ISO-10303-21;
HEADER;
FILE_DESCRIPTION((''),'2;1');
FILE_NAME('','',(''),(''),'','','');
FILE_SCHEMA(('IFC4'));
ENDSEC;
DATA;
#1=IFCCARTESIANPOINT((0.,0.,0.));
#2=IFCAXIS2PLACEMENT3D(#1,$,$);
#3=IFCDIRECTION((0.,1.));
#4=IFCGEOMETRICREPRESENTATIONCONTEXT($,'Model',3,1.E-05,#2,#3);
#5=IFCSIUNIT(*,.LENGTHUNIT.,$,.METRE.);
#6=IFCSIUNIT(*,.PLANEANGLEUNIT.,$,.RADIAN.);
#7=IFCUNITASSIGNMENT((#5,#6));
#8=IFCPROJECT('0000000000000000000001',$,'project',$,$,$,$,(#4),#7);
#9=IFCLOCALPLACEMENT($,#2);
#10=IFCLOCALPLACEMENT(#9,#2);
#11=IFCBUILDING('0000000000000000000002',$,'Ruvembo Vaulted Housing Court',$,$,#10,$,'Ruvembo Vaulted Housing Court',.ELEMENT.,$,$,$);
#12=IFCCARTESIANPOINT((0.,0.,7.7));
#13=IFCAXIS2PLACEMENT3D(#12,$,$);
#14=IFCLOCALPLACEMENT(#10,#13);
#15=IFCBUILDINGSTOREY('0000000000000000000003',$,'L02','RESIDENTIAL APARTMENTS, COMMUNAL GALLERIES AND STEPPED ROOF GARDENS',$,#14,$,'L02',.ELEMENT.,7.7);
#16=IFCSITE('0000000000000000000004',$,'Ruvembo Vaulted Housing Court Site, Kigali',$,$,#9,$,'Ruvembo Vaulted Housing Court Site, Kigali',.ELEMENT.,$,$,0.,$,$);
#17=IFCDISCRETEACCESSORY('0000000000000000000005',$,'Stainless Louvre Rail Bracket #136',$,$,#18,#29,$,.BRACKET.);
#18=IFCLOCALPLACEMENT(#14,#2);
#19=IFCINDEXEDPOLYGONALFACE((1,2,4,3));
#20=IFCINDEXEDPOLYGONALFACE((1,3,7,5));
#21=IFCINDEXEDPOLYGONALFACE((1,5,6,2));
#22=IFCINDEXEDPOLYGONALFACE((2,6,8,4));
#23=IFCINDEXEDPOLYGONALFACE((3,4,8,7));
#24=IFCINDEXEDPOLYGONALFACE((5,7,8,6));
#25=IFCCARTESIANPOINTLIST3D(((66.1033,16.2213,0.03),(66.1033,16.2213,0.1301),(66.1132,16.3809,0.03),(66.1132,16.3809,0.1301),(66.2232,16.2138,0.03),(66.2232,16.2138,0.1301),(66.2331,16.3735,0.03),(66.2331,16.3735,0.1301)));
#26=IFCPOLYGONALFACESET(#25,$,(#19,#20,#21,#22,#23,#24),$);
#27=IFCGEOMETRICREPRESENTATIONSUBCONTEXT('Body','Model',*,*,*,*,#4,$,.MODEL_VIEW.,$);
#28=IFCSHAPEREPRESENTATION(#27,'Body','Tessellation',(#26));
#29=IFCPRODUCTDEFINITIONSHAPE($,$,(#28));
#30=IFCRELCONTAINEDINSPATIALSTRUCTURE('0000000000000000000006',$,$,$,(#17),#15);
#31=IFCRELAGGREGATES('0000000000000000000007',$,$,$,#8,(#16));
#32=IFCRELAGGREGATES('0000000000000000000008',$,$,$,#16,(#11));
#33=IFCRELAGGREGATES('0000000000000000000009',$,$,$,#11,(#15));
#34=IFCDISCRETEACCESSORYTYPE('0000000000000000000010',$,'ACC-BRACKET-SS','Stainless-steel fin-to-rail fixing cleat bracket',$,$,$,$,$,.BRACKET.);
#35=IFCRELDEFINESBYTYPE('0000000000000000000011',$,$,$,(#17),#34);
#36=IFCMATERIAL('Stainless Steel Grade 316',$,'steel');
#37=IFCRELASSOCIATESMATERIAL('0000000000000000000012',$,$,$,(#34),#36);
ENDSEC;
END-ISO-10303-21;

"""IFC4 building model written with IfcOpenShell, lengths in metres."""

from ifc_helpers import new_model, si_unit, direction, frame, origin, origin_2d, place, context, subcontext, project, spatial, rectangle, extrude, material, type_object, element, save


model = new_model("IFC4")

# Units and contexts
model_context = context("Model", 3, precision=1e-05, world=origin(), true_north=direction((0.0, 1.0)))
body_context = subcontext(model_context, "Body", "Model", "MODEL_VIEW")
ifc_project = project(units=[si_unit("LENGTHUNIT", "METRE"), si_unit("PLANEANGLEUNIT", "RADIAN")], contexts=[model_context])

# Site, building, storey
site_placement = place(None, origin())
site = spatial("IfcSite", under=ifc_project, at=site_placement, Name="Ruvembo Vaulted Housing Court Site, Kigali", LongName="Ruvembo Vaulted Housing Court Site, Kigali", CompositionType="ELEMENT", RefElevation=0.0)
building_placement = place(site_placement, origin())
building = spatial("IfcBuilding", under=site, at=building_placement, Name="Ruvembo Vaulted Housing Court", LongName="Ruvembo Vaulted Housing Court", CompositionType="ELEMENT")
storey_placement = place(building_placement, frame((0.0, 0.0, 7.7)))
storey = spatial("IfcBuildingStorey", under=building, at=storey_placement, Name="L02", Description="RESIDENTIAL APARTMENTS, COMMUNAL GALLERIES AND STEPPED ROOF GARDENS", LongName="L02", CompositionType="ELEMENT", Elevation=7.7)

# Discrete accessory
ifc_material_1 = material(Name="Stainless Steel Grade 316", Category="steel")
discrete_accessory_type = type_object("IfcDiscreteAccessoryType", Name="ACC-BRACKET-SS", Description="Stainless-steel fin-to-rail fixing cleat bracket", PredefinedType="BRACKET", material=ifc_material_1)
discrete_accessory_placement = place(storey_placement, frame((66.1682, 16.2974, 0.03), z_axis=(0.0, 0.0, 1.0), x_axis=(-0.061832, -0.998087, 0.0)))
element("IfcDiscreteAccessory", 1, at=discrete_accessory_placement, inside=storey, type_object=discrete_accessory_type, Name="Stainless Louvre Rail Bracket #136", PredefinedType="BRACKET", context=body_context, shape_type="SweptSolid", body=[
    extrude(rectangle(XDim=0.1599, YDim=0.1201, at=origin_2d()), origin(), (0.0, 0.0, 1.0), 0.1001),
])

save(model, "model.ifc")
